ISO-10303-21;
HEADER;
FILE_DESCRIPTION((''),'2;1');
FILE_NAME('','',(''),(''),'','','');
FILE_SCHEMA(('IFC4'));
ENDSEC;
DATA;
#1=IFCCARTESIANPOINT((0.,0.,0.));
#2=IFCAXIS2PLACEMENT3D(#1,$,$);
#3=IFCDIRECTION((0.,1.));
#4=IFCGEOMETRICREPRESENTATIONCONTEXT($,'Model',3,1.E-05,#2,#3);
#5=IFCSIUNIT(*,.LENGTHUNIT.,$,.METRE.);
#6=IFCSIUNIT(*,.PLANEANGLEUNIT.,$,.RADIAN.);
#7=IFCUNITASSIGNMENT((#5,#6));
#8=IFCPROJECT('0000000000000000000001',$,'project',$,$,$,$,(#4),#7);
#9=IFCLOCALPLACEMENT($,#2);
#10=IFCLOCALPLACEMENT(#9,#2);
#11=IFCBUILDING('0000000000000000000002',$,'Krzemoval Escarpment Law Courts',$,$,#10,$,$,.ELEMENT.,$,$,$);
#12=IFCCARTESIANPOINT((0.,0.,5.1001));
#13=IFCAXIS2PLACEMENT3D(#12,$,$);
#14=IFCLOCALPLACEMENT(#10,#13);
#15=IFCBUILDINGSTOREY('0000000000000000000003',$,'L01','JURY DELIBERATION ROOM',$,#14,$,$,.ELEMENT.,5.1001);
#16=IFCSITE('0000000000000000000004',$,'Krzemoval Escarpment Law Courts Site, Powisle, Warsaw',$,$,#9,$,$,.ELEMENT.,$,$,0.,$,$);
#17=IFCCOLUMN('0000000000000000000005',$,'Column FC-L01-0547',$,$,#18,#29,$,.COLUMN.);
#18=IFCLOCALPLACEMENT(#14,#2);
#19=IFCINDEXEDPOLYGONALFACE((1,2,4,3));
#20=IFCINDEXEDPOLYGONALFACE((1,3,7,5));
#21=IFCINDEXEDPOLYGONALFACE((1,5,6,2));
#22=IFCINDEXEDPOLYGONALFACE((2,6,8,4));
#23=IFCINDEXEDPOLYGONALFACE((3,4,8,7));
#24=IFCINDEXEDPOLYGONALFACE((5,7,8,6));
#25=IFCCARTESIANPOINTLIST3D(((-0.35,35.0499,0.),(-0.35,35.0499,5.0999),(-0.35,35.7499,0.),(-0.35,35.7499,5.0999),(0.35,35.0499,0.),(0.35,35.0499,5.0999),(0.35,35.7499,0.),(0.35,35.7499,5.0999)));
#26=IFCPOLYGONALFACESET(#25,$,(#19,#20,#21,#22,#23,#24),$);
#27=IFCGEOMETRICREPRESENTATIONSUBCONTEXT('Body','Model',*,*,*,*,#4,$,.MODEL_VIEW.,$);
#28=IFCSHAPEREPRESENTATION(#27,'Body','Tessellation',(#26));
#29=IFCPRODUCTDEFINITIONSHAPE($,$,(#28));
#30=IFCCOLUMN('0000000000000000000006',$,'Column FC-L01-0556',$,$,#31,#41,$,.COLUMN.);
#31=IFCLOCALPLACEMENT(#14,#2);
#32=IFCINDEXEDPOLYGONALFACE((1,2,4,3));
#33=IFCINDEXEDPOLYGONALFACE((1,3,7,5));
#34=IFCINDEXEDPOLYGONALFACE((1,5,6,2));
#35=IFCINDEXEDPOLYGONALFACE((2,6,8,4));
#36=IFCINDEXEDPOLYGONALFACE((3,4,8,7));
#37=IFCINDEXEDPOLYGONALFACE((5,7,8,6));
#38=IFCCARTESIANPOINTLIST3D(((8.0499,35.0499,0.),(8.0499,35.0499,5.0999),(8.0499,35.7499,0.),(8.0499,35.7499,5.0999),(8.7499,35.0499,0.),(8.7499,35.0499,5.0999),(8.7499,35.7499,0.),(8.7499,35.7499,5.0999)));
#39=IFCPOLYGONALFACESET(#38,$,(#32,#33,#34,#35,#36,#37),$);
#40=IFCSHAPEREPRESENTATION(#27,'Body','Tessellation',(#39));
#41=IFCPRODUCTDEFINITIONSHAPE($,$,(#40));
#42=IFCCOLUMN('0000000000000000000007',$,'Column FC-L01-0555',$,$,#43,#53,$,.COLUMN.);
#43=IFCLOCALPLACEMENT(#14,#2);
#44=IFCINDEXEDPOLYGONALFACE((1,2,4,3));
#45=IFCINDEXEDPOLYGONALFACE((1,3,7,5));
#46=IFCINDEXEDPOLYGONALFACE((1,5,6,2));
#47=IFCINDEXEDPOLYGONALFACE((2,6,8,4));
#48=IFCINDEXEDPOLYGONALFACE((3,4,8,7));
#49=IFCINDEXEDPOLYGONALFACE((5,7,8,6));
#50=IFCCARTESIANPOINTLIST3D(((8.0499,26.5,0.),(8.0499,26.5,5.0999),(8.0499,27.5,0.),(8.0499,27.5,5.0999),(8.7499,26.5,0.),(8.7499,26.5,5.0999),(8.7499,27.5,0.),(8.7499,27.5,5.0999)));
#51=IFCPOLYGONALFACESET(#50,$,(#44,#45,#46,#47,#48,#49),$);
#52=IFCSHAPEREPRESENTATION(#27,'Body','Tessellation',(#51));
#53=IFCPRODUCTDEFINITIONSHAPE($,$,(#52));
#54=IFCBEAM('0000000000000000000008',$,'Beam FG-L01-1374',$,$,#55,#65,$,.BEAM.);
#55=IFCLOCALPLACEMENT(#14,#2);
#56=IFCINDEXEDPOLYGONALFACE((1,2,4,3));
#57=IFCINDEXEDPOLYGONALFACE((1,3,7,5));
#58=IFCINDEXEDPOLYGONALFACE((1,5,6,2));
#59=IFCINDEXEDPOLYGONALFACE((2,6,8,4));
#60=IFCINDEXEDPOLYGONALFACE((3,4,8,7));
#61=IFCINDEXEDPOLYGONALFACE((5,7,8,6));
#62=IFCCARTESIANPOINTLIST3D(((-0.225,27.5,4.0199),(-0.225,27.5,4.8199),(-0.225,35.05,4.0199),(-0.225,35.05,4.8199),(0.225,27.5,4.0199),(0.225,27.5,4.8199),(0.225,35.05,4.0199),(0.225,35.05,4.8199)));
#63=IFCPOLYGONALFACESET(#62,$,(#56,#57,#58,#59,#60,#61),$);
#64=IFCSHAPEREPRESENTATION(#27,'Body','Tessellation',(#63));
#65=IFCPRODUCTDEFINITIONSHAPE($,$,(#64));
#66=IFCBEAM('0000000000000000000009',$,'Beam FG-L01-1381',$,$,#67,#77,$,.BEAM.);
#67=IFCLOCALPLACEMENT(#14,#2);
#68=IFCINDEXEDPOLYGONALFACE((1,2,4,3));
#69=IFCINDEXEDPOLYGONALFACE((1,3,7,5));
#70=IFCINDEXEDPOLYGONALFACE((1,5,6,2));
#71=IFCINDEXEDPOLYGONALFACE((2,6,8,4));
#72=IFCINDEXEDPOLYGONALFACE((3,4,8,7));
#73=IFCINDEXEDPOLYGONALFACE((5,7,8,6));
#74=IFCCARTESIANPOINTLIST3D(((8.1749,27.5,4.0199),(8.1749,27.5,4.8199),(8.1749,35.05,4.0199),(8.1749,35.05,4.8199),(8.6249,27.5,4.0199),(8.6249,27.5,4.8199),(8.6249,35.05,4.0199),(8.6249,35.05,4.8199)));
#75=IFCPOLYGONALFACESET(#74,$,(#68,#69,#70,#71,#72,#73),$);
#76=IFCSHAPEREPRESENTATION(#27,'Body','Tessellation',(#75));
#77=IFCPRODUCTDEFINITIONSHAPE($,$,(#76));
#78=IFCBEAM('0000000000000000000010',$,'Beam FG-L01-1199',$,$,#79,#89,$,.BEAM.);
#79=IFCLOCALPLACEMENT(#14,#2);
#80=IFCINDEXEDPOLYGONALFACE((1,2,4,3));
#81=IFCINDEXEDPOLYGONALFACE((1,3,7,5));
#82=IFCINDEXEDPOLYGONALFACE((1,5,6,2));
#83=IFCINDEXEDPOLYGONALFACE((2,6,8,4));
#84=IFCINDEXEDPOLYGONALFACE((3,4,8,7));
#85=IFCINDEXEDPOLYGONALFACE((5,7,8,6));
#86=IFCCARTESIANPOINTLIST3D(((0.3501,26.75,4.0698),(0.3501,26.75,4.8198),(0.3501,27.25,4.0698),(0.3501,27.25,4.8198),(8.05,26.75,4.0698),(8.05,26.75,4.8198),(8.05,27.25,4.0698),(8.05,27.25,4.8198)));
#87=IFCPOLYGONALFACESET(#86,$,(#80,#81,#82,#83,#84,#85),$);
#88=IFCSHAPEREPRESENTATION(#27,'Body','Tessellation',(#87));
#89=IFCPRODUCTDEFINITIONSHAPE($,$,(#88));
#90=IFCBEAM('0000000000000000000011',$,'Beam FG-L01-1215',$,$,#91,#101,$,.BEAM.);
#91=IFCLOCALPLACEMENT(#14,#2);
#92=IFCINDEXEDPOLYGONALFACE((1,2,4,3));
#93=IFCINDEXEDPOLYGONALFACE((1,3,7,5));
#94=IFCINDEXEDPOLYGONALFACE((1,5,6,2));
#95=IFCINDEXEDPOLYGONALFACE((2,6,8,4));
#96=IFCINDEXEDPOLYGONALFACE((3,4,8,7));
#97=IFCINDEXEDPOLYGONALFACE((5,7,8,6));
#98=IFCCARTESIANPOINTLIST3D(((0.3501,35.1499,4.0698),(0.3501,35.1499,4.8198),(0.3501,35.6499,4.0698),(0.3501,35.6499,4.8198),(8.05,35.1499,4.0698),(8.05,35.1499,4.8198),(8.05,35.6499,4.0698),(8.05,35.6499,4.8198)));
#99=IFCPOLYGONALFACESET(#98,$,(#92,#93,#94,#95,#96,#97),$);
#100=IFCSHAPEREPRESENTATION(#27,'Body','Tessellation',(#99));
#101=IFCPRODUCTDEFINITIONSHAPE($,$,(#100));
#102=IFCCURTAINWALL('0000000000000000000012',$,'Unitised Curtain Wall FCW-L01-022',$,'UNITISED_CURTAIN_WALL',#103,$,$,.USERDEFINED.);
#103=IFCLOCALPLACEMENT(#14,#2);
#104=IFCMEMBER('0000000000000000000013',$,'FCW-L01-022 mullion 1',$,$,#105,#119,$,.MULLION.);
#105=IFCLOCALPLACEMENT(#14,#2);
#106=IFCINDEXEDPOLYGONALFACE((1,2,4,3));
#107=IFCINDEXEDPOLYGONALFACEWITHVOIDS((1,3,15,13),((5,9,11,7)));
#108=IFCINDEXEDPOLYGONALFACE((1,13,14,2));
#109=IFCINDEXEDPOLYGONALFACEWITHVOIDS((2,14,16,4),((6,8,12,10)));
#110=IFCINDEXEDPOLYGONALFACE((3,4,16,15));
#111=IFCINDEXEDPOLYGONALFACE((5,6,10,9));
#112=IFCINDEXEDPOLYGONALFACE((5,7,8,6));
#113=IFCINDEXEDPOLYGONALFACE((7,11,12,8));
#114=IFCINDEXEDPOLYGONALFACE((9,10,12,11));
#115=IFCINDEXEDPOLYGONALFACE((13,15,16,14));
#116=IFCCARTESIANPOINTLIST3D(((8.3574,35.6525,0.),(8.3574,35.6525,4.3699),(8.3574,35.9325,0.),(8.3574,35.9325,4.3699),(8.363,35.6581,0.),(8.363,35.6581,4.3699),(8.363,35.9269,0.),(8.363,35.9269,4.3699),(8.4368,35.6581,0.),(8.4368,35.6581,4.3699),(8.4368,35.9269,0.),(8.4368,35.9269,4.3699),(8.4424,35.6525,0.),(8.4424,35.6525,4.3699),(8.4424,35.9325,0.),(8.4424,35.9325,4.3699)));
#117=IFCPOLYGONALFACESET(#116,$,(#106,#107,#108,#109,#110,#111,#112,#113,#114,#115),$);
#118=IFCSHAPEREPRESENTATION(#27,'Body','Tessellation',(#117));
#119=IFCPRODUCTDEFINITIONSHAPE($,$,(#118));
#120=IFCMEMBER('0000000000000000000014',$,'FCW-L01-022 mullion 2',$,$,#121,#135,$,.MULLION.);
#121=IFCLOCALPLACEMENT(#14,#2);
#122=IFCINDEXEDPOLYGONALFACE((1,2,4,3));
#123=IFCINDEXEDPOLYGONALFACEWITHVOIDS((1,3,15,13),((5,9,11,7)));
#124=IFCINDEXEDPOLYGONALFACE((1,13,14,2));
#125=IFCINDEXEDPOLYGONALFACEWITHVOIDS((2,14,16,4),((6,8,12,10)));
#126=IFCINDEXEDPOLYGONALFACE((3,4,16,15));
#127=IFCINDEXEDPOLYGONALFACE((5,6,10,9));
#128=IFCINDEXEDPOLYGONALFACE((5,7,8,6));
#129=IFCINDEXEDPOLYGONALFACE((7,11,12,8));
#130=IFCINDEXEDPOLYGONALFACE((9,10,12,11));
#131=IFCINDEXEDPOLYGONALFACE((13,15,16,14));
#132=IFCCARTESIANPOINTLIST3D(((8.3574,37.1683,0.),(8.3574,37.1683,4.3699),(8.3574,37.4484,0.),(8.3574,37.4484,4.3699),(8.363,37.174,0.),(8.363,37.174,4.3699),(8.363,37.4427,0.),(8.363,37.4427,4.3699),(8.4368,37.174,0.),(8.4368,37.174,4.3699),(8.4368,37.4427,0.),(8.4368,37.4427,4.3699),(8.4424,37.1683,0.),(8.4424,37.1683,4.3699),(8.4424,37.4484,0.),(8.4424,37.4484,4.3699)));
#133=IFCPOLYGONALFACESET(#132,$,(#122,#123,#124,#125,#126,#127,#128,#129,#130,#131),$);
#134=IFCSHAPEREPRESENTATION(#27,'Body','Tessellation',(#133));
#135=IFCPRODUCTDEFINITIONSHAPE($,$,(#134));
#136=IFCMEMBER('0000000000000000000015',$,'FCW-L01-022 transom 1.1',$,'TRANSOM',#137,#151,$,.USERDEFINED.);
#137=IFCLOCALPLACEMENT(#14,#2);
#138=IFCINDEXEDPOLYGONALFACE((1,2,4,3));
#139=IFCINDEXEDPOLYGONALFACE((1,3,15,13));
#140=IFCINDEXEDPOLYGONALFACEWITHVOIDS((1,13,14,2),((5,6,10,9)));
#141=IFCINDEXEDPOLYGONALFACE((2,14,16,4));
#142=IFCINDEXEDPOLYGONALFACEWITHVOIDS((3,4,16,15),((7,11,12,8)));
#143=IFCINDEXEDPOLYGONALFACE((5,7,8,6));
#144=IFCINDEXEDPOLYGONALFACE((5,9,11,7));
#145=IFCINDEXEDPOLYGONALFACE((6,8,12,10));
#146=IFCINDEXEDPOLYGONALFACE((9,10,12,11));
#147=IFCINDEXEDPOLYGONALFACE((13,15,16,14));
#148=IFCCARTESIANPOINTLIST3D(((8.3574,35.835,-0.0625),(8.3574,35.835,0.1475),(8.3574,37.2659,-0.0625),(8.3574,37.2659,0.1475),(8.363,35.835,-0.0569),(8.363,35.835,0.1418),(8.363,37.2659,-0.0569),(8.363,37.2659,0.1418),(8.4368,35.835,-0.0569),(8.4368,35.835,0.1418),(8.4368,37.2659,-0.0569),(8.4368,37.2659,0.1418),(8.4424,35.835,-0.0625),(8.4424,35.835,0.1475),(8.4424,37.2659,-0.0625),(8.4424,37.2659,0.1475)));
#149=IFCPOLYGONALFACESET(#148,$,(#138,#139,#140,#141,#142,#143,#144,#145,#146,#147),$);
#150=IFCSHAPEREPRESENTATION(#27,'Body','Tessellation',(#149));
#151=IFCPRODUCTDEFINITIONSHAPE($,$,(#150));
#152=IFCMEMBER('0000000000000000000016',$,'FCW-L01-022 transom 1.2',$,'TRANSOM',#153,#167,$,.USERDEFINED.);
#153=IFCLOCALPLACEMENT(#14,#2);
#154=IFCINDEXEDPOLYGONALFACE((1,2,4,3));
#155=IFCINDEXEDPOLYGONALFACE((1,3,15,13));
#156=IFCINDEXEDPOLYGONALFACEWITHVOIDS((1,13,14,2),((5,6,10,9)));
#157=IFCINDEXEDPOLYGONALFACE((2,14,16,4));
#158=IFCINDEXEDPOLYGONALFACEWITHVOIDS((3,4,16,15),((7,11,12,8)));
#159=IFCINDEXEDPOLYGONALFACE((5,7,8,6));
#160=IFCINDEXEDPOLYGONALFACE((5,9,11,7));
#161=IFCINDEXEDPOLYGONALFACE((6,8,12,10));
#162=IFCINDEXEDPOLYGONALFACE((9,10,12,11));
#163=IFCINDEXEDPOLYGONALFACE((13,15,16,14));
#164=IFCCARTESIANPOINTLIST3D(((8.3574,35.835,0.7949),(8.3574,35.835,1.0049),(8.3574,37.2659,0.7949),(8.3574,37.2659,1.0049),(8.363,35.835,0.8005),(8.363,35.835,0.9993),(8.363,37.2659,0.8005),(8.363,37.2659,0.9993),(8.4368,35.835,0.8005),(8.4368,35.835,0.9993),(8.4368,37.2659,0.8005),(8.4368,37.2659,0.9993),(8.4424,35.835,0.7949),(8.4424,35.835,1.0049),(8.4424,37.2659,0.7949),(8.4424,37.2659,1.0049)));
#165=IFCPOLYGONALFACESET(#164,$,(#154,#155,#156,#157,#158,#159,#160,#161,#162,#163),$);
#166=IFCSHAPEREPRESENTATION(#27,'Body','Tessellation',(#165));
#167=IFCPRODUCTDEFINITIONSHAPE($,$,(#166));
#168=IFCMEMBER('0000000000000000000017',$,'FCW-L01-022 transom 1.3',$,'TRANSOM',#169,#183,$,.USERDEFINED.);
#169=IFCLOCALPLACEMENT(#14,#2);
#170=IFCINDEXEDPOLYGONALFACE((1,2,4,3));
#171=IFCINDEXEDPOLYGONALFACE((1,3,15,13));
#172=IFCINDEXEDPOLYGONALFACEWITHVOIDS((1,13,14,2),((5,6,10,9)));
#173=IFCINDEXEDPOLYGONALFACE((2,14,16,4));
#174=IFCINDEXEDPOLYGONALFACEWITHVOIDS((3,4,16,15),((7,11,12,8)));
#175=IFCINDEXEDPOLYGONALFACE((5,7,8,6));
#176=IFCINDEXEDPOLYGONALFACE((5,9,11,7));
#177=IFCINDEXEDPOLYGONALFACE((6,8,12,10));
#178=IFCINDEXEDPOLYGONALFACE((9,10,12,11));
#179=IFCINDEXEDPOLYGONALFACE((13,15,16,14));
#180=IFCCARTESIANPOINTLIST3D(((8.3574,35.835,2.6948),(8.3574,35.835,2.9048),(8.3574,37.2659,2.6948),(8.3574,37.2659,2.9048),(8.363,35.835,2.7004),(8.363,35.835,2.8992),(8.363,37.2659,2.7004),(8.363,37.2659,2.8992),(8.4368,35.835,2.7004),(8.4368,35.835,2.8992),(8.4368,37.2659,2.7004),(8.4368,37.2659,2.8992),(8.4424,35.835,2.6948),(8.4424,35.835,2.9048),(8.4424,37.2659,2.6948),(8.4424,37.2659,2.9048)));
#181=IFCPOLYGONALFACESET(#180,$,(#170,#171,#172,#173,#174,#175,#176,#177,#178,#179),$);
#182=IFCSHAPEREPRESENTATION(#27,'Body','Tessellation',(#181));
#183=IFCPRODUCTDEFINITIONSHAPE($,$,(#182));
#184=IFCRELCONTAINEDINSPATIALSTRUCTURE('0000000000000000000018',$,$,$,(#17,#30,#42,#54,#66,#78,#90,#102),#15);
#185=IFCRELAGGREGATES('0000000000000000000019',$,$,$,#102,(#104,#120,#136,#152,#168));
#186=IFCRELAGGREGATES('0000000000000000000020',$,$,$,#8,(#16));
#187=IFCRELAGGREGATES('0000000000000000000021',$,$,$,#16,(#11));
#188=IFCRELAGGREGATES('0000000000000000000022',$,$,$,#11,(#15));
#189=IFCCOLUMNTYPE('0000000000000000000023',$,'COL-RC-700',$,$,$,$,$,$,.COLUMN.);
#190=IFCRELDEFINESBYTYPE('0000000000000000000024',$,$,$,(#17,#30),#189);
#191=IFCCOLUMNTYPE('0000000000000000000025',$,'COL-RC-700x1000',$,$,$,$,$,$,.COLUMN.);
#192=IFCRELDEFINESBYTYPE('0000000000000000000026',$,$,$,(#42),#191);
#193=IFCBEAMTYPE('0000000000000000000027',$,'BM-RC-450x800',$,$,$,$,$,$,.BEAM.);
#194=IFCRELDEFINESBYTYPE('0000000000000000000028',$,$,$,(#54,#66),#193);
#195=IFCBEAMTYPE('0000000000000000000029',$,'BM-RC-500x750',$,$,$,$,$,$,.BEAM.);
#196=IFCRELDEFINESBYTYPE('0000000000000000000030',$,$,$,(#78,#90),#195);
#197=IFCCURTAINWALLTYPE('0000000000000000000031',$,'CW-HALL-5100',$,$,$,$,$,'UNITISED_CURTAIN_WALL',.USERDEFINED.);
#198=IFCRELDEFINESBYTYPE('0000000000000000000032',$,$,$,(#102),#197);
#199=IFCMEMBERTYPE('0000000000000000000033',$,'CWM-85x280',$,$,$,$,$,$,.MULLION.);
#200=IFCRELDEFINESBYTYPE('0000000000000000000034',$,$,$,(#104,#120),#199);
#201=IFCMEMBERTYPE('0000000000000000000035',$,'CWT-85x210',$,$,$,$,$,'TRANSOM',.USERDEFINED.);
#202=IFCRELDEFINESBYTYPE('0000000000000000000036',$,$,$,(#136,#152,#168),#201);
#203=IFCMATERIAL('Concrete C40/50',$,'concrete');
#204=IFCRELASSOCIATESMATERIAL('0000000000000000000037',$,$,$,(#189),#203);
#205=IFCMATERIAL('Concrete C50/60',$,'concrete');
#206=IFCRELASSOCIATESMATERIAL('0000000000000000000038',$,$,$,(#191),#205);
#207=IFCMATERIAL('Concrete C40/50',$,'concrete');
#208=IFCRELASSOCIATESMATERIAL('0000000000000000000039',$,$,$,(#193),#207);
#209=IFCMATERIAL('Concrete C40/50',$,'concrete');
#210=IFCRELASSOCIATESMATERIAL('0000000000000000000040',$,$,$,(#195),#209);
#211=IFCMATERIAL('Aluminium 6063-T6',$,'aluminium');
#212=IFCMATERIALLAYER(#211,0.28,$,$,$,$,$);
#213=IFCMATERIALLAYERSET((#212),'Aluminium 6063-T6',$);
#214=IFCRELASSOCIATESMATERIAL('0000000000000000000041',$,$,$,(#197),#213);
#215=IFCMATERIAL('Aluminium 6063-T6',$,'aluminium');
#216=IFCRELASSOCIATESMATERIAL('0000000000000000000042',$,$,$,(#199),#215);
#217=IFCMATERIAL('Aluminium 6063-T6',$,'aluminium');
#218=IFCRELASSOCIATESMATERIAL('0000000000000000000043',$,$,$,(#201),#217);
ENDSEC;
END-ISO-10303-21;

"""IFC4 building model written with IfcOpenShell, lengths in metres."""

from ifc_helpers import new_model, si_unit, direction, frame, origin, origin_2d, place, context, subcontext, project, spatial, rectangle, hollow_rectangle, extrude, material, layer, layer_set, material_profile, profile_set, type_object, element, aggregate, save


model = new_model("IFC4")

# Units and contexts
model_context = context("Model", 3, precision=1e-05, world=origin(), true_north=direction((0.0, 1.0)))
body_context = subcontext(model_context, "Body", "Model", "MODEL_VIEW")
ifc_project = project(units=[si_unit("LENGTHUNIT", "METRE"), si_unit("PLANEANGLEUNIT", "RADIAN")], contexts=[model_context])

# Site, building, storey
site_placement = place(None, origin())
site = spatial("IfcSite", under=ifc_project, at=site_placement, Name="Krzemoval Escarpment Law Courts Site, Powisle, Warsaw", CompositionType="ELEMENT", RefElevation=0.0)
building_placement = place(site_placement, origin())
building = spatial("IfcBuilding", under=site, at=building_placement, Name="Krzemoval Escarpment Law Courts", CompositionType="ELEMENT")
storey_placement = place(building_placement, frame((0.0, 0.0, 5.1001)))
storey = spatial("IfcBuildingStorey", under=building, at=storey_placement, Name="L01", Description="JURY DELIBERATION ROOM", CompositionType="ELEMENT", Elevation=5.1001)

# Columns
ifc_material_1 = material(Name="Concrete C40/50", Category="concrete")
ifc_material_profile_1 = material_profile(ifc_material_1, rectangle(XDim=0.7, YDim=0.7, at=origin_2d()), Name="RC 700x700")
ifc_profile_set_1 = profile_set([ifc_material_profile_1], Name="Concrete C40/50")
column_type_1 = type_object("IfcColumnType", Name="COL-RC-700", PredefinedType="COLUMN", material=ifc_profile_set_1)
for number, where, z_axis, x_axis, name in (
    (1, (0.0, 35.3999, 0.0), (0.0, 0.0, 1.0), (1.0, 0.0, 0.0), "Column FC-L01-0547"),
    (2, (8.3999, 35.3999, 0.0), (0.0, 0.0, 1.0), (1.0, 0.0, 0.0), "Column FC-L01-0556"),
):
    element("IfcColumn", number, at=place(storey_placement, frame(where, z_axis=z_axis, x_axis=x_axis)), inside=storey, type_object=column_type_1, Name=name, PredefinedType="COLUMN", context=body_context, shape_type="SweptSolid", body=[
        extrude(rectangle(XDim=0.7, YDim=0.7, at=origin_2d()), origin(), (0.0, 0.0, 1.0), 5.0999),
    ])
ifc_material_2 = material(Name="Concrete C50/60", Category="concrete")
ifc_material_profile_2 = material_profile(ifc_material_2, rectangle(XDim=0.7, YDim=1.0, at=origin_2d()), Name="RC 700x1000")
ifc_profile_set_2 = profile_set([ifc_material_profile_2], Name="Concrete C50/60")
column_type_2 = type_object("IfcColumnType", Name="COL-RC-700x1000", PredefinedType="COLUMN", material=ifc_profile_set_2)
column_placement = place(storey_placement, frame((8.3999, 27.0, 0.0), z_axis=(0.0, 0.0, 1.0), x_axis=(1.0, 0.0, 0.0)))
element("IfcColumn", 3, at=column_placement, inside=storey, type_object=column_type_2, Name="Column FC-L01-0555", PredefinedType="COLUMN", context=body_context, shape_type="SweptSolid", body=[
    extrude(rectangle(XDim=0.7, YDim=1.0, at=origin_2d()), origin(), (0.0, 0.0, 1.0), 5.0999),
])

# Beams
ifc_material_3 = material(Name="Concrete C40/50", Category="concrete")
ifc_material_profile_3 = material_profile(ifc_material_3, rectangle(XDim=0.45, YDim=0.8, at=origin_2d()), Name="RCB 450x800")
ifc_profile_set_3 = profile_set([ifc_material_profile_3], Name="Concrete C40/50")
beam_type_1 = type_object("IfcBeamType", Name="BM-RC-450x800", PredefinedType="BEAM", material=ifc_profile_set_3)
for number, where, z_axis, x_axis, name in (
    (4, (0.0, 27.5, 4.4199), (0.0, 1.0, 0.0), (-1.0, 0.0, 0.0), "Beam FG-L01-1374"),
    (5, (8.3999, 27.5, 4.4199), (0.0, 1.0, 0.0), (-1.0, 0.0, 0.0), "Beam FG-L01-1381"),
):
    element("IfcBeam", number, at=place(storey_placement, frame(where, z_axis=z_axis, x_axis=x_axis)), inside=storey, type_object=beam_type_1, Name=name, PredefinedType="BEAM", context=body_context, shape_type="SweptSolid", body=[
        extrude(rectangle(XDim=0.45, YDim=0.8, at=origin_2d()), origin(), (0.0, 0.0, 1.0), 7.55),
    ])
ifc_material_4 = material(Name="Concrete C40/50", Category="concrete")
ifc_material_profile_4 = material_profile(ifc_material_4, rectangle(XDim=0.5, YDim=0.75, at=origin_2d()), Name="RCB 500x750")
ifc_profile_set_4 = profile_set([ifc_material_profile_4], Name="Concrete C40/50")
beam_type_2 = type_object("IfcBeamType", Name="BM-RC-500x750", PredefinedType="BEAM", material=ifc_profile_set_4)
for number, where, z_axis, x_axis, name in (
    (6, (0.3501, 27.0, 4.4448), (1.0, 0.0, 0.0), (0.0, 1.0, 0.0), "Beam FG-L01-1199"),
    (7, (0.3501, 35.3999, 4.4448), (1.0, 0.0, 0.0), (0.0, 1.0, 0.0), "Beam FG-L01-1215"),
):
    element("IfcBeam", number, at=place(storey_placement, frame(where, z_axis=z_axis, x_axis=x_axis)), inside=storey, type_object=beam_type_2, Name=name, PredefinedType="BEAM", context=body_context, shape_type="SweptSolid", body=[
        extrude(rectangle(XDim=0.5, YDim=0.75, at=origin_2d()), origin(), (0.0, 0.0, 1.0), 7.7),
    ])

# Curtain wall, members
ifc_material_5 = material(Name="Aluminium 6063-T6", Category="aluminium")
ifc_layer_1 = layer(ifc_material_5, 0.28)
ifc_layer_set_1 = layer_set([ifc_layer_1], Name="Aluminium 6063-T6")
curtain_wall_type = type_object("IfcCurtainWallType", Name="CW-HALL-5100", ElementType="UNITISED_CURTAIN_WALL", PredefinedType="USERDEFINED", material=ifc_layer_set_1)
curtain_wall_placement = place(storey_placement, origin())
curtain_wall = element("IfcCurtainWall", 8, at=curtain_wall_placement, inside=storey, type_object=curtain_wall_type, Name="Unitised Curtain Wall FCW-L01-022", ObjectType="UNITISED_CURTAIN_WALL", PredefinedType="USERDEFINED")
ifc_material_6 = material(Name="Aluminium 6063-T6", Category="aluminium")
ifc_material_profile_5 = material_profile(ifc_material_6, hollow_rectangle(XDim=0.085, YDim=0.28, WallThickness=0.0056, at=origin_2d()), Name="ALU M85x280")
ifc_profile_set_5 = profile_set([ifc_material_profile_5], Name="Aluminium 6063-T6")
member_type_1 = type_object("IfcMemberType", Name="CWM-85x280", PredefinedType="MULLION", material=ifc_profile_set_5)
member_1_placement = place(storey_placement, frame((8.3999, 35.7925, 0.0), z_axis=(0.0, 0.0, 1.0), x_axis=(-1.0, 0.0, 0.0)))
member_1 = element("IfcMember", 9, at=member_1_placement, type_object=member_type_1, Name="FCW-L01-022 mullion 1", PredefinedType="MULLION", context=body_context, shape_type="SweptSolid", body=[
    extrude(hollow_rectangle(XDim=0.085, YDim=0.28, WallThickness=0.0056, at=origin_2d()), origin(), (0.0, 0.0, 1.0), 4.3699),
])
member_2_placement = place(storey_placement, frame((8.3999, 37.3083, 0.0), z_axis=(0.0, 0.0, 1.0), x_axis=(-1.0, 0.0, 0.0)))
member_2 = element("IfcMember", 10, at=member_2_placement, type_object=member_type_1, Name="FCW-L01-022 mullion 2", PredefinedType="MULLION", context=body_context, shape_type="SweptSolid", body=[
    extrude(hollow_rectangle(XDim=0.085, YDim=0.28, WallThickness=0.0056, at=origin_2d()), origin(), (0.0, 0.0, 1.0), 4.3699),
])
ifc_material_7 = material(Name="Aluminium 6063-T6", Category="aluminium")
ifc_material_profile_6 = material_profile(ifc_material_7, hollow_rectangle(XDim=0.085, YDim=0.21, WallThickness=0.0056, at=origin_2d()), Name="ALU T85x210")
ifc_profile_set_6 = profile_set([ifc_material_profile_6], Name="Aluminium 6063-T6")
member_type_2 = type_object("IfcMemberType", Name="CWT-85x210", ElementType="TRANSOM", PredefinedType="USERDEFINED", material=ifc_profile_set_6)
member_3_placement = place(storey_placement, frame((8.3999, 35.835, 0.0425), z_axis=(0.0, 1.0, 0.0), x_axis=(-1.0, 0.0, 0.0)))
member_3 = element("IfcMember", 11, at=member_3_placement, type_object=member_type_2, Name="FCW-L01-022 transom 1.1", ObjectType="TRANSOM", PredefinedType="USERDEFINED", context=body_context, shape_type="SweptSolid", body=[
    extrude(hollow_rectangle(XDim=0.085, YDim=0.21, WallThickness=0.0056, at=origin_2d()), origin(), (0.0, 0.0, 1.0), 1.4309),
])
member_4_placement = place(storey_placement, frame((8.3999, 35.835, 0.8999), z_axis=(0.0, 1.0, 0.0), x_axis=(-1.0, 0.0, 0.0)))
member_4 = element("IfcMember", 12, at=member_4_placement, type_object=member_type_2, Name="FCW-L01-022 transom 1.2", ObjectType="TRANSOM", PredefinedType="USERDEFINED", context=body_context, shape_type="SweptSolid", body=[
    extrude(hollow_rectangle(XDim=0.085, YDim=0.21, WallThickness=0.0056, at=origin_2d()), origin(), (0.0, 0.0, 1.0), 1.4309),
])
member_5_placement = place(storey_placement, frame((8.3999, 35.835, 2.7998), z_axis=(0.0, 1.0, 0.0), x_axis=(-1.0, 0.0, 0.0)))
member_5 = element("IfcMember", 13, at=member_5_placement, type_object=member_type_2, Name="FCW-L01-022 transom 1.3", ObjectType="TRANSOM", PredefinedType="USERDEFINED", context=body_context, shape_type="SweptSolid", body=[
    extrude(hollow_rectangle(XDim=0.085, YDim=0.21, WallThickness=0.0056, at=origin_2d()), origin(), (0.0, 0.0, 1.0), 1.4309),
])

aggregate(curtain_wall, [member_1, member_2, member_3, member_4, member_5])

save(model, "model.ifc")
